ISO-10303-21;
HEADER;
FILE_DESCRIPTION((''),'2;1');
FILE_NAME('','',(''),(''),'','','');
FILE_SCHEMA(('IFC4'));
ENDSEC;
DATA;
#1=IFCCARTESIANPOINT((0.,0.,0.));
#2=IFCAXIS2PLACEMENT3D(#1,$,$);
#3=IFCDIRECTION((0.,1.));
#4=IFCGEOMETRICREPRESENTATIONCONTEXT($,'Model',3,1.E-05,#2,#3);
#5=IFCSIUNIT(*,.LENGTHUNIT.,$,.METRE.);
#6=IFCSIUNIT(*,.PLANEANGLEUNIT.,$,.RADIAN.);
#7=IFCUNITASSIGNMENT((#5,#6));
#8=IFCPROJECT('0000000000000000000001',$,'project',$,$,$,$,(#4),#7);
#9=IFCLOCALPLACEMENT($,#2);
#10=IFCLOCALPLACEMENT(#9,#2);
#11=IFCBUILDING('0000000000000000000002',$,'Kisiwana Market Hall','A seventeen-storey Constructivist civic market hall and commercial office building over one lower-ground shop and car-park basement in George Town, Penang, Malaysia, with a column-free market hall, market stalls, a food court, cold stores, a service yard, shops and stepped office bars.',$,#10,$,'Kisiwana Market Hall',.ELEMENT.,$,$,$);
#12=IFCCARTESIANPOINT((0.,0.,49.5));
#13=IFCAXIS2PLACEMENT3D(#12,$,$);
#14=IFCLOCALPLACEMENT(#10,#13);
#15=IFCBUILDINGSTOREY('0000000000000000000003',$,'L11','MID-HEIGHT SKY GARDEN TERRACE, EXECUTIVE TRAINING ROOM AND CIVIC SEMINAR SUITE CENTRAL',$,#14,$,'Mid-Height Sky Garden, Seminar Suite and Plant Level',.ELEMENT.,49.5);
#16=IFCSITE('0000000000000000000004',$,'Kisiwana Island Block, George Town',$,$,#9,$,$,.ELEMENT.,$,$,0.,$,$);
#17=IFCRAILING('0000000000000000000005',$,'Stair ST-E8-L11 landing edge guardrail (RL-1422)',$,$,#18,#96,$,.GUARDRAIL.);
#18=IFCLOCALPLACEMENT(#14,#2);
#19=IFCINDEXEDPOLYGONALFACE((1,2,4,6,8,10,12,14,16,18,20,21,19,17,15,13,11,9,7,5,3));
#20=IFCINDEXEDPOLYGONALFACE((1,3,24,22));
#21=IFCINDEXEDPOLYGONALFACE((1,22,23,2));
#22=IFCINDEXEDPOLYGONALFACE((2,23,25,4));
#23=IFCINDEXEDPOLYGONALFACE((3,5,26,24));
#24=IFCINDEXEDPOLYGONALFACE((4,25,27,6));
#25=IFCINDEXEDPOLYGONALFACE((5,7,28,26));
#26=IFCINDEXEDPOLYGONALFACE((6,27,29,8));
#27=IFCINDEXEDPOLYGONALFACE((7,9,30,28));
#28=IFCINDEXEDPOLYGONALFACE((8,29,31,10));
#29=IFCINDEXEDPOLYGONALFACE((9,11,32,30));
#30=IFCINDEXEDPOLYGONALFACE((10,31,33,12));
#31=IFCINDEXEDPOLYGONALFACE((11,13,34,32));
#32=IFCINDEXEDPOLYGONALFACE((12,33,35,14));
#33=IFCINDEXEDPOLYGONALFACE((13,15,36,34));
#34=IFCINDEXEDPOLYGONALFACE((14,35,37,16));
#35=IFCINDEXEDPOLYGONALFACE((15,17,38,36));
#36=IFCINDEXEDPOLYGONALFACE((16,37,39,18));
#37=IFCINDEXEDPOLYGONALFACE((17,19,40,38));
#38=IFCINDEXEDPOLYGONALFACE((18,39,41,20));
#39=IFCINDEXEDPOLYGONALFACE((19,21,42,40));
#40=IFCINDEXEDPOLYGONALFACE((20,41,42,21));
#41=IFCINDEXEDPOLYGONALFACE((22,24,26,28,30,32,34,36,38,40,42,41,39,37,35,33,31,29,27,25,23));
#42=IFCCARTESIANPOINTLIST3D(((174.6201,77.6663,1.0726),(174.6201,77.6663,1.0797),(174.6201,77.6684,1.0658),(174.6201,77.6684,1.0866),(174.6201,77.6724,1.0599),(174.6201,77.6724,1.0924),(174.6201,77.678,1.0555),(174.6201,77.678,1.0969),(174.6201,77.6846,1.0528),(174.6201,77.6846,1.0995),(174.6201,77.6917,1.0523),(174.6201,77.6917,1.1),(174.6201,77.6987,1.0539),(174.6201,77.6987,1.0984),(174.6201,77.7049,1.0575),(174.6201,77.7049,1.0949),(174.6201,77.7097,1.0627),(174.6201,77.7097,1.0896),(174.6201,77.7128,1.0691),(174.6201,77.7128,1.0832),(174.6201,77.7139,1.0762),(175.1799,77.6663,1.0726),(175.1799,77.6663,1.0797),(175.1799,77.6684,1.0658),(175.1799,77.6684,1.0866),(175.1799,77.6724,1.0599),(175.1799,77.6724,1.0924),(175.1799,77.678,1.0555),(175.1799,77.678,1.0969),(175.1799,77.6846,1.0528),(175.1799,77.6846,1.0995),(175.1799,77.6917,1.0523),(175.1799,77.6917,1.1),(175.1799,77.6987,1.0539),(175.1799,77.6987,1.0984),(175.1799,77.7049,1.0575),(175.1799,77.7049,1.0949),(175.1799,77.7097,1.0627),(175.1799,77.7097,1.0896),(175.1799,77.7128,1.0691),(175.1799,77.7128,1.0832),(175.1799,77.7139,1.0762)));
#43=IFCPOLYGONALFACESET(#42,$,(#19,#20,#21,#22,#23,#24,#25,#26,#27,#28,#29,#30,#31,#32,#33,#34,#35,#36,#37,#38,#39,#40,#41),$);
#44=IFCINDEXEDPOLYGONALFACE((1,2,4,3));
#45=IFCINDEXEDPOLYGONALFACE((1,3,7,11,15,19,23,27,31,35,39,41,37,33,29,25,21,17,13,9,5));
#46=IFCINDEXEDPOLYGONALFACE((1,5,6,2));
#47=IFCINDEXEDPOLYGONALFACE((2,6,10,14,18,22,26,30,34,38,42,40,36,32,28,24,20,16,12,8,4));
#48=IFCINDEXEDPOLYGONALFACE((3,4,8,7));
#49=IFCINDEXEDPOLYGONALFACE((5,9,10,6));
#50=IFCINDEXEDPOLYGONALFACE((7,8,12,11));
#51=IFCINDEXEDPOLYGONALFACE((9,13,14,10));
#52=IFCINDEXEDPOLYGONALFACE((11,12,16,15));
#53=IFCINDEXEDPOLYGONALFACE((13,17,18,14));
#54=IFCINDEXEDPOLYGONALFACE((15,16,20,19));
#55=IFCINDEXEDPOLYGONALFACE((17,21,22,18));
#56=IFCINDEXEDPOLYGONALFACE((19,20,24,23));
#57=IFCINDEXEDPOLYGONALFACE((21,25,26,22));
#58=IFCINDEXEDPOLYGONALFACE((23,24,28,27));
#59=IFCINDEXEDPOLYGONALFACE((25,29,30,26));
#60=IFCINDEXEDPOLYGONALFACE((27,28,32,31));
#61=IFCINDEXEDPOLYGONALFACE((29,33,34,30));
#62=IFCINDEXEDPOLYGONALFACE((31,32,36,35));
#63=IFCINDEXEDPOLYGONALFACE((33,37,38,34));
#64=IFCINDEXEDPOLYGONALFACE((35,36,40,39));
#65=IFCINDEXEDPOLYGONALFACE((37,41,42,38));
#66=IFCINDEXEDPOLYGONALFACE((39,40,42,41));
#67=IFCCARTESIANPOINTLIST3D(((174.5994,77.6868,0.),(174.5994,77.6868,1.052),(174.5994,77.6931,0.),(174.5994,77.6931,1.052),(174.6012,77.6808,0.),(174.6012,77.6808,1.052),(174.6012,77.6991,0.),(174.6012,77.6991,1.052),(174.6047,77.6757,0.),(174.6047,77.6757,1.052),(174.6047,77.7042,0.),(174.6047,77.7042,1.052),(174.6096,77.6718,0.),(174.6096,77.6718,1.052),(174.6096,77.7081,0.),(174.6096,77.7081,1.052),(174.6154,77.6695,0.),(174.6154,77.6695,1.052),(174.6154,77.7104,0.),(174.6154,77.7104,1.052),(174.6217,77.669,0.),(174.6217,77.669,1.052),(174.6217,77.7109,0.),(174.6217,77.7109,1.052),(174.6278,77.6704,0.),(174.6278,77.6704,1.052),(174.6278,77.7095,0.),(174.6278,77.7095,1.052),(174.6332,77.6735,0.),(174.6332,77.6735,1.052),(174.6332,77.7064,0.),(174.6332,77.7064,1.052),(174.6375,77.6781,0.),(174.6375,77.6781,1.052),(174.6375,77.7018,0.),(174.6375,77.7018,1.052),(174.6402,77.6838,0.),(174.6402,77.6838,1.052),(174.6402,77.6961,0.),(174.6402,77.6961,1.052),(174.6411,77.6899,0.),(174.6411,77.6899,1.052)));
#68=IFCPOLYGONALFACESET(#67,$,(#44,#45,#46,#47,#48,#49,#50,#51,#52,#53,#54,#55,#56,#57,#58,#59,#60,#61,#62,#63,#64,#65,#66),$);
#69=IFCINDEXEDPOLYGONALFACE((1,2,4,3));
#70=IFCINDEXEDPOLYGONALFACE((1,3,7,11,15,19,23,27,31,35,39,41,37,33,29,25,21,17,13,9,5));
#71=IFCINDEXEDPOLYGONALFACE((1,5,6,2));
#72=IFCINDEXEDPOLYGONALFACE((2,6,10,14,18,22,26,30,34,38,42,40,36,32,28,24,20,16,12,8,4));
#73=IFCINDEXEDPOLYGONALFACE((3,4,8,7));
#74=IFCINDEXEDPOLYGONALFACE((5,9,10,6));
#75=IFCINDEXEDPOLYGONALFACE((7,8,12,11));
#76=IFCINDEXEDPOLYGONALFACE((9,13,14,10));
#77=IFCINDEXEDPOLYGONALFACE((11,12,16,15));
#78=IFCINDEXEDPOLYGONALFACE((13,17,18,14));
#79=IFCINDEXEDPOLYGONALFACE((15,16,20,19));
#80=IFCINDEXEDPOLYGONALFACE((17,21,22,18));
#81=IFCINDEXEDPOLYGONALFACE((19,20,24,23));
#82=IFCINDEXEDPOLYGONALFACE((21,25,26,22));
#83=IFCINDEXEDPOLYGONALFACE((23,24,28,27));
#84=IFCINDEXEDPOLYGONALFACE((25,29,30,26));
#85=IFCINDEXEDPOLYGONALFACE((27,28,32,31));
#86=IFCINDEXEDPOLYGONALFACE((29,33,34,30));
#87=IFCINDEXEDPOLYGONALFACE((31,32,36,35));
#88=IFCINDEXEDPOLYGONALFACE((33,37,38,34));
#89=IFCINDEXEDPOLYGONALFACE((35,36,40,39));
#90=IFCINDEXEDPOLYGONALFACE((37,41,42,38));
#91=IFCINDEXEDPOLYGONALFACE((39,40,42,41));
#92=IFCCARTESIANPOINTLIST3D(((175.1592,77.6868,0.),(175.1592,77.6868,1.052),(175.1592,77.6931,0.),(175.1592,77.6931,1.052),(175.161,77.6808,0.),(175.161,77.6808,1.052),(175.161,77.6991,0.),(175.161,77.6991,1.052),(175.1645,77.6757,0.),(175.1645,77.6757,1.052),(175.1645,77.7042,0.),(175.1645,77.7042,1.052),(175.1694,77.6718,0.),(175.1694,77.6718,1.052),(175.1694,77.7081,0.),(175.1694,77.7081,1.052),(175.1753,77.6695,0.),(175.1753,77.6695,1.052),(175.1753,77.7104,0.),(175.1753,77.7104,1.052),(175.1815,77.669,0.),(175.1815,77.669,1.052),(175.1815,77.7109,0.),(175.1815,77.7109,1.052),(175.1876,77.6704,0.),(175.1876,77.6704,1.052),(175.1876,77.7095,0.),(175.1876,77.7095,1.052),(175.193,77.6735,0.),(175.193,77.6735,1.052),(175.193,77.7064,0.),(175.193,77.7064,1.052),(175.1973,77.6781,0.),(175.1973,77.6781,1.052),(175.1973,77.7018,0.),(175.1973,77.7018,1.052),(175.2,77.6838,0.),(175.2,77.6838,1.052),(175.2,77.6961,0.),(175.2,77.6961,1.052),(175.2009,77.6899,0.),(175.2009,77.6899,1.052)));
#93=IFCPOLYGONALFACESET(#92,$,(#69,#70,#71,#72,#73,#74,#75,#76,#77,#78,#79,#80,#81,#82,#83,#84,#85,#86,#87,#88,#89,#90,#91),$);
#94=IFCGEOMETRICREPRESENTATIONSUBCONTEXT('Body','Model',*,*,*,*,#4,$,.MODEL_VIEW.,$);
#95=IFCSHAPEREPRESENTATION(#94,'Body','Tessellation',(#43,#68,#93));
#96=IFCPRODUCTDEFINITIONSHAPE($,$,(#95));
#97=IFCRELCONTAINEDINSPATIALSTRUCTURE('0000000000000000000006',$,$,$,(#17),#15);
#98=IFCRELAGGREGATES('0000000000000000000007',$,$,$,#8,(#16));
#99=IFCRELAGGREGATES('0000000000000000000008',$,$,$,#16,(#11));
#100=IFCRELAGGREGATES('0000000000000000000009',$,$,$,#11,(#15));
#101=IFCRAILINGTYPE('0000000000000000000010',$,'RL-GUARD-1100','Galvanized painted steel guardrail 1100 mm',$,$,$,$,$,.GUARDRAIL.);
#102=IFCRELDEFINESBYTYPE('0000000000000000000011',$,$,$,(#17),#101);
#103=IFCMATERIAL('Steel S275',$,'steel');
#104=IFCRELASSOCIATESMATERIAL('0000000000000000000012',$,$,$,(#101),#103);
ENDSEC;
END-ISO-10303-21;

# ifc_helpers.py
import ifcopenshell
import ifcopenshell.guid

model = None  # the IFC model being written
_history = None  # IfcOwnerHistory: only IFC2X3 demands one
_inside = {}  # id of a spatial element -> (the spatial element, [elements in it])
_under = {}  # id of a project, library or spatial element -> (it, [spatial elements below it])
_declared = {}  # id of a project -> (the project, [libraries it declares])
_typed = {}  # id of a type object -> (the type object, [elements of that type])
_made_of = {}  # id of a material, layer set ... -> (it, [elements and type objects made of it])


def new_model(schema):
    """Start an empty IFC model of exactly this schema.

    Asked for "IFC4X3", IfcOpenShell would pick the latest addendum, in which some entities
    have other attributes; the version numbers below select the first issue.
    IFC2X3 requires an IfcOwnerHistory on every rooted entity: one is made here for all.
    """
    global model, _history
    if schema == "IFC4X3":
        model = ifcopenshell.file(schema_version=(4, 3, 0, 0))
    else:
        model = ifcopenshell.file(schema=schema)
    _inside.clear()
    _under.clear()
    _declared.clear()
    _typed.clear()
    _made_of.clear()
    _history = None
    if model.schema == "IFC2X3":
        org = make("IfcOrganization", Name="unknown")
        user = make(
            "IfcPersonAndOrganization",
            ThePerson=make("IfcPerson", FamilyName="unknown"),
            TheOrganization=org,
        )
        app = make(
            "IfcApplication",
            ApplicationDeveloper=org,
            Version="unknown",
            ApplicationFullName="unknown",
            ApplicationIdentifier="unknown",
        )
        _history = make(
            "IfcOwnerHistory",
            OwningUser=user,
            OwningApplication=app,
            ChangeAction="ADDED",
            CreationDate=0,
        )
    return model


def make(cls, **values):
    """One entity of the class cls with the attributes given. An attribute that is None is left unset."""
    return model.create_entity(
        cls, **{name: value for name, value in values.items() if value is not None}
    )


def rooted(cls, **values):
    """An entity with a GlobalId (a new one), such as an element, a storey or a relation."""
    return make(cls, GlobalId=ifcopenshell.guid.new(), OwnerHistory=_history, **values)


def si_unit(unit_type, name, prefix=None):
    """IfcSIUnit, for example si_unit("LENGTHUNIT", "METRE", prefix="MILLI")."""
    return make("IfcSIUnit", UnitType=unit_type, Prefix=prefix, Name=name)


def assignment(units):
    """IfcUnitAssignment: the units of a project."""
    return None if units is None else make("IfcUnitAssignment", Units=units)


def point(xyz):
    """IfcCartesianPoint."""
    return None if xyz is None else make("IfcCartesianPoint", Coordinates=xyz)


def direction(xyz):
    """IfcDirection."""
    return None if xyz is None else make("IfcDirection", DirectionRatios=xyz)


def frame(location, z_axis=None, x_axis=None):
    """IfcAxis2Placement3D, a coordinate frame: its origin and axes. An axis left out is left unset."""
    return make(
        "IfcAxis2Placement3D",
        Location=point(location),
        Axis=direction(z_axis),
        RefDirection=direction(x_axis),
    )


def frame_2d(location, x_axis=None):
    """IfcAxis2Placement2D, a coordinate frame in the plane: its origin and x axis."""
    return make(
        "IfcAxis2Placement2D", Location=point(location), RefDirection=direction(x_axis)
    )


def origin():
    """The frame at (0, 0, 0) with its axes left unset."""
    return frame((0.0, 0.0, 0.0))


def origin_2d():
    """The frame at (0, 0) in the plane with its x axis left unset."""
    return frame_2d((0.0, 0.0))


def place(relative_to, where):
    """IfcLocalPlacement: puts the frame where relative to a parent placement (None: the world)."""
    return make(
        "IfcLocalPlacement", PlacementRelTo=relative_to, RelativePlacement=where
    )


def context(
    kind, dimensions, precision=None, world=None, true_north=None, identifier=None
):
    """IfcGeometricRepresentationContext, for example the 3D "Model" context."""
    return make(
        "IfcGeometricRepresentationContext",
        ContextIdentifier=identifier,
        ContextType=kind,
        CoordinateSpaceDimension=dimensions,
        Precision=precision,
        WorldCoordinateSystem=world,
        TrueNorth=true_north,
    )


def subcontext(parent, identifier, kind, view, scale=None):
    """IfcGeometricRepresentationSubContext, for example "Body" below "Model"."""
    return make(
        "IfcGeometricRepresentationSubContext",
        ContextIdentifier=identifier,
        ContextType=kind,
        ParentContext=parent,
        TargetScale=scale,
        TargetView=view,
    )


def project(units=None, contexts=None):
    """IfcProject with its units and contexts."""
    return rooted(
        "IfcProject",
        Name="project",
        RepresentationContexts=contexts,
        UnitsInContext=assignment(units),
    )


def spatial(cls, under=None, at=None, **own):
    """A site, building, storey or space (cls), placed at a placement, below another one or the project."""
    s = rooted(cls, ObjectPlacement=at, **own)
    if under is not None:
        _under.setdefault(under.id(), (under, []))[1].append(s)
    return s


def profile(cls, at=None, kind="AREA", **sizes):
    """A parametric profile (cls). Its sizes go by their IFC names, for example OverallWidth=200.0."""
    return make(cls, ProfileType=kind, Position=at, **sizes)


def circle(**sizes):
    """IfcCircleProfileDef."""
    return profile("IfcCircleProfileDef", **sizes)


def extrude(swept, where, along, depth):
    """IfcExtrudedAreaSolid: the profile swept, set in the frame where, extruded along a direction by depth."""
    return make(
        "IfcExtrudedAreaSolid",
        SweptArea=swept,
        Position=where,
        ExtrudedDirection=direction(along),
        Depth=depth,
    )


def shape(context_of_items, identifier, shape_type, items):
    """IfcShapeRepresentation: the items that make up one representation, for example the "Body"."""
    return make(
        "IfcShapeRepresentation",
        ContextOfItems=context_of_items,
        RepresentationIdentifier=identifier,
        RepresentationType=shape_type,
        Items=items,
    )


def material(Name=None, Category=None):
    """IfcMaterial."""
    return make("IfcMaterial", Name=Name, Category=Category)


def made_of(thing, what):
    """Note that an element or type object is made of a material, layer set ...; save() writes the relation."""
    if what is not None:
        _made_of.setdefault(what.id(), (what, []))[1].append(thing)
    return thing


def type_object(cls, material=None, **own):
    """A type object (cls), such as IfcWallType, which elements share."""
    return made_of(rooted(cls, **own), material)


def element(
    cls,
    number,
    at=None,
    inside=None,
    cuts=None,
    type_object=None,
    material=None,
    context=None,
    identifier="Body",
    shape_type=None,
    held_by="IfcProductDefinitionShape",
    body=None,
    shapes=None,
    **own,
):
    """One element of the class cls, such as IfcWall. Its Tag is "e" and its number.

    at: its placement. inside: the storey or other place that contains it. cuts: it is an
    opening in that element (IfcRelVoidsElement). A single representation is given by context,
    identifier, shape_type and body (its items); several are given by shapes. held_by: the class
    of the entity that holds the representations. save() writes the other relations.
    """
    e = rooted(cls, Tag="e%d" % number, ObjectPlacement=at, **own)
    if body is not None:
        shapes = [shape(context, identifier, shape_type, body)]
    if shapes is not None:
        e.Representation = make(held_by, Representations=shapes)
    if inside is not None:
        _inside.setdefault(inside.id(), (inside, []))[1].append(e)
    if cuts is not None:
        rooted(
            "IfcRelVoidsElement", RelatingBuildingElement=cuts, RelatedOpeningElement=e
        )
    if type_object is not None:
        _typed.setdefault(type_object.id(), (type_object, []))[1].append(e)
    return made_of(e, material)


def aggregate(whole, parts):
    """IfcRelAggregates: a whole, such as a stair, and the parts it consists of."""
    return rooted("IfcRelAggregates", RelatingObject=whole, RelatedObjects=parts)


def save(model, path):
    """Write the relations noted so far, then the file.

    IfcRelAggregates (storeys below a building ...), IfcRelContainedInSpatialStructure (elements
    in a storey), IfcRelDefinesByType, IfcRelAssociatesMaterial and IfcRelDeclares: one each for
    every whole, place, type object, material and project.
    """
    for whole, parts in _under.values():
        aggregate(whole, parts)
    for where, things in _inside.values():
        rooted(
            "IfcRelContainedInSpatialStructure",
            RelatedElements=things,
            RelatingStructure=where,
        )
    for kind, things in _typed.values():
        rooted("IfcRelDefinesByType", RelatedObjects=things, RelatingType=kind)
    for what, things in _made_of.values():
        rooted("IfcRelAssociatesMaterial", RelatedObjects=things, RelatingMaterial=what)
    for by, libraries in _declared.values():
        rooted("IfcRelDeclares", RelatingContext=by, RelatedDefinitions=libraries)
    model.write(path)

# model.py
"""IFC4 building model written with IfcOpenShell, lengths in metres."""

from ifc_helpers import new_model, si_unit, direction, frame, origin, origin_2d, place, context, subcontext, project, spatial, circle, extrude, material, type_object, element, save


model = new_model("IFC4")

# Units and contexts
model_context = context("Model", 3, precision=1e-05, world=origin(), true_north=direction((0.0, 1.0)))
body_context = subcontext(model_context, "Body", "Model", "MODEL_VIEW")
ifc_project = project(units=[si_unit("LENGTHUNIT", "METRE"), si_unit("PLANEANGLEUNIT", "RADIAN")], contexts=[model_context])

# Site, building, storey
site_placement = place(None, origin())
site = spatial("IfcSite", under=ifc_project, at=site_placement, Name="Kisiwana Island Block, George Town", CompositionType="ELEMENT", RefElevation=0.0)
building_placement = place(site_placement, origin())
building = spatial("IfcBuilding", under=site, at=building_placement, Name="Kisiwana Market Hall", Description="A seventeen-storey Constructivist civic market hall and commercial office building over one lower-ground shop and car-park basement in George Town, Penang, Malaysia, with a column-free market hall, market stalls, a food court, cold stores, a service yard, shops and stepped office bars.", LongName="Kisiwana Market Hall", CompositionType="ELEMENT")
storey_placement = place(building_placement, frame((0.0, 0.0, 49.5)))
storey = spatial("IfcBuildingStorey", under=building, at=storey_placement, Name="L11", Description="MID-HEIGHT SKY GARDEN TERRACE, EXECUTIVE TRAINING ROOM AND CIVIC SEMINAR SUITE CENTRAL", LongName="Mid-Height Sky Garden, Seminar Suite and Plant Level", CompositionType="ELEMENT", Elevation=49.5)

# Railing
ifc_material_1 = material(Name="Steel S275", Category="steel")
railing_type_1 = type_object("IfcRailingType", Name="RL-GUARD-1100", Description="Galvanized painted steel guardrail 1100 mm", PredefinedType="GUARDRAIL", material=ifc_material_1)
railing_1_placement = place(storey_placement, frame((174.6201, 77.6899, 0.0)))
element("IfcRailing", 1, at=railing_1_placement, inside=storey, type_object=railing_type_1, Name="Stair ST-E8-L11 landing edge guardrail (RL-1422)", PredefinedType="GUARDRAIL", context=body_context, shape_type="SweptSolid", body=[
    extrude(circle(Radius=0.0239, at=origin_2d()), frame((0.0, 0.0, 1.0762), z_axis=(1.0, 0.0, 0.0), x_axis=(0.0, 1.0, 0.0)), (0.0, 0.0, 1.0), 0.5598),
    extrude(circle(Radius=0.021, at=origin_2d()), origin(), (0.0, 0.0, 1.0), 1.052),
    extrude(circle(Radius=0.021, at=origin_2d()), frame((0.5598, 0.0, 0.0)), (0.0, 0.0, 1.0), 1.052),
])

save(model, "model.ifc")
